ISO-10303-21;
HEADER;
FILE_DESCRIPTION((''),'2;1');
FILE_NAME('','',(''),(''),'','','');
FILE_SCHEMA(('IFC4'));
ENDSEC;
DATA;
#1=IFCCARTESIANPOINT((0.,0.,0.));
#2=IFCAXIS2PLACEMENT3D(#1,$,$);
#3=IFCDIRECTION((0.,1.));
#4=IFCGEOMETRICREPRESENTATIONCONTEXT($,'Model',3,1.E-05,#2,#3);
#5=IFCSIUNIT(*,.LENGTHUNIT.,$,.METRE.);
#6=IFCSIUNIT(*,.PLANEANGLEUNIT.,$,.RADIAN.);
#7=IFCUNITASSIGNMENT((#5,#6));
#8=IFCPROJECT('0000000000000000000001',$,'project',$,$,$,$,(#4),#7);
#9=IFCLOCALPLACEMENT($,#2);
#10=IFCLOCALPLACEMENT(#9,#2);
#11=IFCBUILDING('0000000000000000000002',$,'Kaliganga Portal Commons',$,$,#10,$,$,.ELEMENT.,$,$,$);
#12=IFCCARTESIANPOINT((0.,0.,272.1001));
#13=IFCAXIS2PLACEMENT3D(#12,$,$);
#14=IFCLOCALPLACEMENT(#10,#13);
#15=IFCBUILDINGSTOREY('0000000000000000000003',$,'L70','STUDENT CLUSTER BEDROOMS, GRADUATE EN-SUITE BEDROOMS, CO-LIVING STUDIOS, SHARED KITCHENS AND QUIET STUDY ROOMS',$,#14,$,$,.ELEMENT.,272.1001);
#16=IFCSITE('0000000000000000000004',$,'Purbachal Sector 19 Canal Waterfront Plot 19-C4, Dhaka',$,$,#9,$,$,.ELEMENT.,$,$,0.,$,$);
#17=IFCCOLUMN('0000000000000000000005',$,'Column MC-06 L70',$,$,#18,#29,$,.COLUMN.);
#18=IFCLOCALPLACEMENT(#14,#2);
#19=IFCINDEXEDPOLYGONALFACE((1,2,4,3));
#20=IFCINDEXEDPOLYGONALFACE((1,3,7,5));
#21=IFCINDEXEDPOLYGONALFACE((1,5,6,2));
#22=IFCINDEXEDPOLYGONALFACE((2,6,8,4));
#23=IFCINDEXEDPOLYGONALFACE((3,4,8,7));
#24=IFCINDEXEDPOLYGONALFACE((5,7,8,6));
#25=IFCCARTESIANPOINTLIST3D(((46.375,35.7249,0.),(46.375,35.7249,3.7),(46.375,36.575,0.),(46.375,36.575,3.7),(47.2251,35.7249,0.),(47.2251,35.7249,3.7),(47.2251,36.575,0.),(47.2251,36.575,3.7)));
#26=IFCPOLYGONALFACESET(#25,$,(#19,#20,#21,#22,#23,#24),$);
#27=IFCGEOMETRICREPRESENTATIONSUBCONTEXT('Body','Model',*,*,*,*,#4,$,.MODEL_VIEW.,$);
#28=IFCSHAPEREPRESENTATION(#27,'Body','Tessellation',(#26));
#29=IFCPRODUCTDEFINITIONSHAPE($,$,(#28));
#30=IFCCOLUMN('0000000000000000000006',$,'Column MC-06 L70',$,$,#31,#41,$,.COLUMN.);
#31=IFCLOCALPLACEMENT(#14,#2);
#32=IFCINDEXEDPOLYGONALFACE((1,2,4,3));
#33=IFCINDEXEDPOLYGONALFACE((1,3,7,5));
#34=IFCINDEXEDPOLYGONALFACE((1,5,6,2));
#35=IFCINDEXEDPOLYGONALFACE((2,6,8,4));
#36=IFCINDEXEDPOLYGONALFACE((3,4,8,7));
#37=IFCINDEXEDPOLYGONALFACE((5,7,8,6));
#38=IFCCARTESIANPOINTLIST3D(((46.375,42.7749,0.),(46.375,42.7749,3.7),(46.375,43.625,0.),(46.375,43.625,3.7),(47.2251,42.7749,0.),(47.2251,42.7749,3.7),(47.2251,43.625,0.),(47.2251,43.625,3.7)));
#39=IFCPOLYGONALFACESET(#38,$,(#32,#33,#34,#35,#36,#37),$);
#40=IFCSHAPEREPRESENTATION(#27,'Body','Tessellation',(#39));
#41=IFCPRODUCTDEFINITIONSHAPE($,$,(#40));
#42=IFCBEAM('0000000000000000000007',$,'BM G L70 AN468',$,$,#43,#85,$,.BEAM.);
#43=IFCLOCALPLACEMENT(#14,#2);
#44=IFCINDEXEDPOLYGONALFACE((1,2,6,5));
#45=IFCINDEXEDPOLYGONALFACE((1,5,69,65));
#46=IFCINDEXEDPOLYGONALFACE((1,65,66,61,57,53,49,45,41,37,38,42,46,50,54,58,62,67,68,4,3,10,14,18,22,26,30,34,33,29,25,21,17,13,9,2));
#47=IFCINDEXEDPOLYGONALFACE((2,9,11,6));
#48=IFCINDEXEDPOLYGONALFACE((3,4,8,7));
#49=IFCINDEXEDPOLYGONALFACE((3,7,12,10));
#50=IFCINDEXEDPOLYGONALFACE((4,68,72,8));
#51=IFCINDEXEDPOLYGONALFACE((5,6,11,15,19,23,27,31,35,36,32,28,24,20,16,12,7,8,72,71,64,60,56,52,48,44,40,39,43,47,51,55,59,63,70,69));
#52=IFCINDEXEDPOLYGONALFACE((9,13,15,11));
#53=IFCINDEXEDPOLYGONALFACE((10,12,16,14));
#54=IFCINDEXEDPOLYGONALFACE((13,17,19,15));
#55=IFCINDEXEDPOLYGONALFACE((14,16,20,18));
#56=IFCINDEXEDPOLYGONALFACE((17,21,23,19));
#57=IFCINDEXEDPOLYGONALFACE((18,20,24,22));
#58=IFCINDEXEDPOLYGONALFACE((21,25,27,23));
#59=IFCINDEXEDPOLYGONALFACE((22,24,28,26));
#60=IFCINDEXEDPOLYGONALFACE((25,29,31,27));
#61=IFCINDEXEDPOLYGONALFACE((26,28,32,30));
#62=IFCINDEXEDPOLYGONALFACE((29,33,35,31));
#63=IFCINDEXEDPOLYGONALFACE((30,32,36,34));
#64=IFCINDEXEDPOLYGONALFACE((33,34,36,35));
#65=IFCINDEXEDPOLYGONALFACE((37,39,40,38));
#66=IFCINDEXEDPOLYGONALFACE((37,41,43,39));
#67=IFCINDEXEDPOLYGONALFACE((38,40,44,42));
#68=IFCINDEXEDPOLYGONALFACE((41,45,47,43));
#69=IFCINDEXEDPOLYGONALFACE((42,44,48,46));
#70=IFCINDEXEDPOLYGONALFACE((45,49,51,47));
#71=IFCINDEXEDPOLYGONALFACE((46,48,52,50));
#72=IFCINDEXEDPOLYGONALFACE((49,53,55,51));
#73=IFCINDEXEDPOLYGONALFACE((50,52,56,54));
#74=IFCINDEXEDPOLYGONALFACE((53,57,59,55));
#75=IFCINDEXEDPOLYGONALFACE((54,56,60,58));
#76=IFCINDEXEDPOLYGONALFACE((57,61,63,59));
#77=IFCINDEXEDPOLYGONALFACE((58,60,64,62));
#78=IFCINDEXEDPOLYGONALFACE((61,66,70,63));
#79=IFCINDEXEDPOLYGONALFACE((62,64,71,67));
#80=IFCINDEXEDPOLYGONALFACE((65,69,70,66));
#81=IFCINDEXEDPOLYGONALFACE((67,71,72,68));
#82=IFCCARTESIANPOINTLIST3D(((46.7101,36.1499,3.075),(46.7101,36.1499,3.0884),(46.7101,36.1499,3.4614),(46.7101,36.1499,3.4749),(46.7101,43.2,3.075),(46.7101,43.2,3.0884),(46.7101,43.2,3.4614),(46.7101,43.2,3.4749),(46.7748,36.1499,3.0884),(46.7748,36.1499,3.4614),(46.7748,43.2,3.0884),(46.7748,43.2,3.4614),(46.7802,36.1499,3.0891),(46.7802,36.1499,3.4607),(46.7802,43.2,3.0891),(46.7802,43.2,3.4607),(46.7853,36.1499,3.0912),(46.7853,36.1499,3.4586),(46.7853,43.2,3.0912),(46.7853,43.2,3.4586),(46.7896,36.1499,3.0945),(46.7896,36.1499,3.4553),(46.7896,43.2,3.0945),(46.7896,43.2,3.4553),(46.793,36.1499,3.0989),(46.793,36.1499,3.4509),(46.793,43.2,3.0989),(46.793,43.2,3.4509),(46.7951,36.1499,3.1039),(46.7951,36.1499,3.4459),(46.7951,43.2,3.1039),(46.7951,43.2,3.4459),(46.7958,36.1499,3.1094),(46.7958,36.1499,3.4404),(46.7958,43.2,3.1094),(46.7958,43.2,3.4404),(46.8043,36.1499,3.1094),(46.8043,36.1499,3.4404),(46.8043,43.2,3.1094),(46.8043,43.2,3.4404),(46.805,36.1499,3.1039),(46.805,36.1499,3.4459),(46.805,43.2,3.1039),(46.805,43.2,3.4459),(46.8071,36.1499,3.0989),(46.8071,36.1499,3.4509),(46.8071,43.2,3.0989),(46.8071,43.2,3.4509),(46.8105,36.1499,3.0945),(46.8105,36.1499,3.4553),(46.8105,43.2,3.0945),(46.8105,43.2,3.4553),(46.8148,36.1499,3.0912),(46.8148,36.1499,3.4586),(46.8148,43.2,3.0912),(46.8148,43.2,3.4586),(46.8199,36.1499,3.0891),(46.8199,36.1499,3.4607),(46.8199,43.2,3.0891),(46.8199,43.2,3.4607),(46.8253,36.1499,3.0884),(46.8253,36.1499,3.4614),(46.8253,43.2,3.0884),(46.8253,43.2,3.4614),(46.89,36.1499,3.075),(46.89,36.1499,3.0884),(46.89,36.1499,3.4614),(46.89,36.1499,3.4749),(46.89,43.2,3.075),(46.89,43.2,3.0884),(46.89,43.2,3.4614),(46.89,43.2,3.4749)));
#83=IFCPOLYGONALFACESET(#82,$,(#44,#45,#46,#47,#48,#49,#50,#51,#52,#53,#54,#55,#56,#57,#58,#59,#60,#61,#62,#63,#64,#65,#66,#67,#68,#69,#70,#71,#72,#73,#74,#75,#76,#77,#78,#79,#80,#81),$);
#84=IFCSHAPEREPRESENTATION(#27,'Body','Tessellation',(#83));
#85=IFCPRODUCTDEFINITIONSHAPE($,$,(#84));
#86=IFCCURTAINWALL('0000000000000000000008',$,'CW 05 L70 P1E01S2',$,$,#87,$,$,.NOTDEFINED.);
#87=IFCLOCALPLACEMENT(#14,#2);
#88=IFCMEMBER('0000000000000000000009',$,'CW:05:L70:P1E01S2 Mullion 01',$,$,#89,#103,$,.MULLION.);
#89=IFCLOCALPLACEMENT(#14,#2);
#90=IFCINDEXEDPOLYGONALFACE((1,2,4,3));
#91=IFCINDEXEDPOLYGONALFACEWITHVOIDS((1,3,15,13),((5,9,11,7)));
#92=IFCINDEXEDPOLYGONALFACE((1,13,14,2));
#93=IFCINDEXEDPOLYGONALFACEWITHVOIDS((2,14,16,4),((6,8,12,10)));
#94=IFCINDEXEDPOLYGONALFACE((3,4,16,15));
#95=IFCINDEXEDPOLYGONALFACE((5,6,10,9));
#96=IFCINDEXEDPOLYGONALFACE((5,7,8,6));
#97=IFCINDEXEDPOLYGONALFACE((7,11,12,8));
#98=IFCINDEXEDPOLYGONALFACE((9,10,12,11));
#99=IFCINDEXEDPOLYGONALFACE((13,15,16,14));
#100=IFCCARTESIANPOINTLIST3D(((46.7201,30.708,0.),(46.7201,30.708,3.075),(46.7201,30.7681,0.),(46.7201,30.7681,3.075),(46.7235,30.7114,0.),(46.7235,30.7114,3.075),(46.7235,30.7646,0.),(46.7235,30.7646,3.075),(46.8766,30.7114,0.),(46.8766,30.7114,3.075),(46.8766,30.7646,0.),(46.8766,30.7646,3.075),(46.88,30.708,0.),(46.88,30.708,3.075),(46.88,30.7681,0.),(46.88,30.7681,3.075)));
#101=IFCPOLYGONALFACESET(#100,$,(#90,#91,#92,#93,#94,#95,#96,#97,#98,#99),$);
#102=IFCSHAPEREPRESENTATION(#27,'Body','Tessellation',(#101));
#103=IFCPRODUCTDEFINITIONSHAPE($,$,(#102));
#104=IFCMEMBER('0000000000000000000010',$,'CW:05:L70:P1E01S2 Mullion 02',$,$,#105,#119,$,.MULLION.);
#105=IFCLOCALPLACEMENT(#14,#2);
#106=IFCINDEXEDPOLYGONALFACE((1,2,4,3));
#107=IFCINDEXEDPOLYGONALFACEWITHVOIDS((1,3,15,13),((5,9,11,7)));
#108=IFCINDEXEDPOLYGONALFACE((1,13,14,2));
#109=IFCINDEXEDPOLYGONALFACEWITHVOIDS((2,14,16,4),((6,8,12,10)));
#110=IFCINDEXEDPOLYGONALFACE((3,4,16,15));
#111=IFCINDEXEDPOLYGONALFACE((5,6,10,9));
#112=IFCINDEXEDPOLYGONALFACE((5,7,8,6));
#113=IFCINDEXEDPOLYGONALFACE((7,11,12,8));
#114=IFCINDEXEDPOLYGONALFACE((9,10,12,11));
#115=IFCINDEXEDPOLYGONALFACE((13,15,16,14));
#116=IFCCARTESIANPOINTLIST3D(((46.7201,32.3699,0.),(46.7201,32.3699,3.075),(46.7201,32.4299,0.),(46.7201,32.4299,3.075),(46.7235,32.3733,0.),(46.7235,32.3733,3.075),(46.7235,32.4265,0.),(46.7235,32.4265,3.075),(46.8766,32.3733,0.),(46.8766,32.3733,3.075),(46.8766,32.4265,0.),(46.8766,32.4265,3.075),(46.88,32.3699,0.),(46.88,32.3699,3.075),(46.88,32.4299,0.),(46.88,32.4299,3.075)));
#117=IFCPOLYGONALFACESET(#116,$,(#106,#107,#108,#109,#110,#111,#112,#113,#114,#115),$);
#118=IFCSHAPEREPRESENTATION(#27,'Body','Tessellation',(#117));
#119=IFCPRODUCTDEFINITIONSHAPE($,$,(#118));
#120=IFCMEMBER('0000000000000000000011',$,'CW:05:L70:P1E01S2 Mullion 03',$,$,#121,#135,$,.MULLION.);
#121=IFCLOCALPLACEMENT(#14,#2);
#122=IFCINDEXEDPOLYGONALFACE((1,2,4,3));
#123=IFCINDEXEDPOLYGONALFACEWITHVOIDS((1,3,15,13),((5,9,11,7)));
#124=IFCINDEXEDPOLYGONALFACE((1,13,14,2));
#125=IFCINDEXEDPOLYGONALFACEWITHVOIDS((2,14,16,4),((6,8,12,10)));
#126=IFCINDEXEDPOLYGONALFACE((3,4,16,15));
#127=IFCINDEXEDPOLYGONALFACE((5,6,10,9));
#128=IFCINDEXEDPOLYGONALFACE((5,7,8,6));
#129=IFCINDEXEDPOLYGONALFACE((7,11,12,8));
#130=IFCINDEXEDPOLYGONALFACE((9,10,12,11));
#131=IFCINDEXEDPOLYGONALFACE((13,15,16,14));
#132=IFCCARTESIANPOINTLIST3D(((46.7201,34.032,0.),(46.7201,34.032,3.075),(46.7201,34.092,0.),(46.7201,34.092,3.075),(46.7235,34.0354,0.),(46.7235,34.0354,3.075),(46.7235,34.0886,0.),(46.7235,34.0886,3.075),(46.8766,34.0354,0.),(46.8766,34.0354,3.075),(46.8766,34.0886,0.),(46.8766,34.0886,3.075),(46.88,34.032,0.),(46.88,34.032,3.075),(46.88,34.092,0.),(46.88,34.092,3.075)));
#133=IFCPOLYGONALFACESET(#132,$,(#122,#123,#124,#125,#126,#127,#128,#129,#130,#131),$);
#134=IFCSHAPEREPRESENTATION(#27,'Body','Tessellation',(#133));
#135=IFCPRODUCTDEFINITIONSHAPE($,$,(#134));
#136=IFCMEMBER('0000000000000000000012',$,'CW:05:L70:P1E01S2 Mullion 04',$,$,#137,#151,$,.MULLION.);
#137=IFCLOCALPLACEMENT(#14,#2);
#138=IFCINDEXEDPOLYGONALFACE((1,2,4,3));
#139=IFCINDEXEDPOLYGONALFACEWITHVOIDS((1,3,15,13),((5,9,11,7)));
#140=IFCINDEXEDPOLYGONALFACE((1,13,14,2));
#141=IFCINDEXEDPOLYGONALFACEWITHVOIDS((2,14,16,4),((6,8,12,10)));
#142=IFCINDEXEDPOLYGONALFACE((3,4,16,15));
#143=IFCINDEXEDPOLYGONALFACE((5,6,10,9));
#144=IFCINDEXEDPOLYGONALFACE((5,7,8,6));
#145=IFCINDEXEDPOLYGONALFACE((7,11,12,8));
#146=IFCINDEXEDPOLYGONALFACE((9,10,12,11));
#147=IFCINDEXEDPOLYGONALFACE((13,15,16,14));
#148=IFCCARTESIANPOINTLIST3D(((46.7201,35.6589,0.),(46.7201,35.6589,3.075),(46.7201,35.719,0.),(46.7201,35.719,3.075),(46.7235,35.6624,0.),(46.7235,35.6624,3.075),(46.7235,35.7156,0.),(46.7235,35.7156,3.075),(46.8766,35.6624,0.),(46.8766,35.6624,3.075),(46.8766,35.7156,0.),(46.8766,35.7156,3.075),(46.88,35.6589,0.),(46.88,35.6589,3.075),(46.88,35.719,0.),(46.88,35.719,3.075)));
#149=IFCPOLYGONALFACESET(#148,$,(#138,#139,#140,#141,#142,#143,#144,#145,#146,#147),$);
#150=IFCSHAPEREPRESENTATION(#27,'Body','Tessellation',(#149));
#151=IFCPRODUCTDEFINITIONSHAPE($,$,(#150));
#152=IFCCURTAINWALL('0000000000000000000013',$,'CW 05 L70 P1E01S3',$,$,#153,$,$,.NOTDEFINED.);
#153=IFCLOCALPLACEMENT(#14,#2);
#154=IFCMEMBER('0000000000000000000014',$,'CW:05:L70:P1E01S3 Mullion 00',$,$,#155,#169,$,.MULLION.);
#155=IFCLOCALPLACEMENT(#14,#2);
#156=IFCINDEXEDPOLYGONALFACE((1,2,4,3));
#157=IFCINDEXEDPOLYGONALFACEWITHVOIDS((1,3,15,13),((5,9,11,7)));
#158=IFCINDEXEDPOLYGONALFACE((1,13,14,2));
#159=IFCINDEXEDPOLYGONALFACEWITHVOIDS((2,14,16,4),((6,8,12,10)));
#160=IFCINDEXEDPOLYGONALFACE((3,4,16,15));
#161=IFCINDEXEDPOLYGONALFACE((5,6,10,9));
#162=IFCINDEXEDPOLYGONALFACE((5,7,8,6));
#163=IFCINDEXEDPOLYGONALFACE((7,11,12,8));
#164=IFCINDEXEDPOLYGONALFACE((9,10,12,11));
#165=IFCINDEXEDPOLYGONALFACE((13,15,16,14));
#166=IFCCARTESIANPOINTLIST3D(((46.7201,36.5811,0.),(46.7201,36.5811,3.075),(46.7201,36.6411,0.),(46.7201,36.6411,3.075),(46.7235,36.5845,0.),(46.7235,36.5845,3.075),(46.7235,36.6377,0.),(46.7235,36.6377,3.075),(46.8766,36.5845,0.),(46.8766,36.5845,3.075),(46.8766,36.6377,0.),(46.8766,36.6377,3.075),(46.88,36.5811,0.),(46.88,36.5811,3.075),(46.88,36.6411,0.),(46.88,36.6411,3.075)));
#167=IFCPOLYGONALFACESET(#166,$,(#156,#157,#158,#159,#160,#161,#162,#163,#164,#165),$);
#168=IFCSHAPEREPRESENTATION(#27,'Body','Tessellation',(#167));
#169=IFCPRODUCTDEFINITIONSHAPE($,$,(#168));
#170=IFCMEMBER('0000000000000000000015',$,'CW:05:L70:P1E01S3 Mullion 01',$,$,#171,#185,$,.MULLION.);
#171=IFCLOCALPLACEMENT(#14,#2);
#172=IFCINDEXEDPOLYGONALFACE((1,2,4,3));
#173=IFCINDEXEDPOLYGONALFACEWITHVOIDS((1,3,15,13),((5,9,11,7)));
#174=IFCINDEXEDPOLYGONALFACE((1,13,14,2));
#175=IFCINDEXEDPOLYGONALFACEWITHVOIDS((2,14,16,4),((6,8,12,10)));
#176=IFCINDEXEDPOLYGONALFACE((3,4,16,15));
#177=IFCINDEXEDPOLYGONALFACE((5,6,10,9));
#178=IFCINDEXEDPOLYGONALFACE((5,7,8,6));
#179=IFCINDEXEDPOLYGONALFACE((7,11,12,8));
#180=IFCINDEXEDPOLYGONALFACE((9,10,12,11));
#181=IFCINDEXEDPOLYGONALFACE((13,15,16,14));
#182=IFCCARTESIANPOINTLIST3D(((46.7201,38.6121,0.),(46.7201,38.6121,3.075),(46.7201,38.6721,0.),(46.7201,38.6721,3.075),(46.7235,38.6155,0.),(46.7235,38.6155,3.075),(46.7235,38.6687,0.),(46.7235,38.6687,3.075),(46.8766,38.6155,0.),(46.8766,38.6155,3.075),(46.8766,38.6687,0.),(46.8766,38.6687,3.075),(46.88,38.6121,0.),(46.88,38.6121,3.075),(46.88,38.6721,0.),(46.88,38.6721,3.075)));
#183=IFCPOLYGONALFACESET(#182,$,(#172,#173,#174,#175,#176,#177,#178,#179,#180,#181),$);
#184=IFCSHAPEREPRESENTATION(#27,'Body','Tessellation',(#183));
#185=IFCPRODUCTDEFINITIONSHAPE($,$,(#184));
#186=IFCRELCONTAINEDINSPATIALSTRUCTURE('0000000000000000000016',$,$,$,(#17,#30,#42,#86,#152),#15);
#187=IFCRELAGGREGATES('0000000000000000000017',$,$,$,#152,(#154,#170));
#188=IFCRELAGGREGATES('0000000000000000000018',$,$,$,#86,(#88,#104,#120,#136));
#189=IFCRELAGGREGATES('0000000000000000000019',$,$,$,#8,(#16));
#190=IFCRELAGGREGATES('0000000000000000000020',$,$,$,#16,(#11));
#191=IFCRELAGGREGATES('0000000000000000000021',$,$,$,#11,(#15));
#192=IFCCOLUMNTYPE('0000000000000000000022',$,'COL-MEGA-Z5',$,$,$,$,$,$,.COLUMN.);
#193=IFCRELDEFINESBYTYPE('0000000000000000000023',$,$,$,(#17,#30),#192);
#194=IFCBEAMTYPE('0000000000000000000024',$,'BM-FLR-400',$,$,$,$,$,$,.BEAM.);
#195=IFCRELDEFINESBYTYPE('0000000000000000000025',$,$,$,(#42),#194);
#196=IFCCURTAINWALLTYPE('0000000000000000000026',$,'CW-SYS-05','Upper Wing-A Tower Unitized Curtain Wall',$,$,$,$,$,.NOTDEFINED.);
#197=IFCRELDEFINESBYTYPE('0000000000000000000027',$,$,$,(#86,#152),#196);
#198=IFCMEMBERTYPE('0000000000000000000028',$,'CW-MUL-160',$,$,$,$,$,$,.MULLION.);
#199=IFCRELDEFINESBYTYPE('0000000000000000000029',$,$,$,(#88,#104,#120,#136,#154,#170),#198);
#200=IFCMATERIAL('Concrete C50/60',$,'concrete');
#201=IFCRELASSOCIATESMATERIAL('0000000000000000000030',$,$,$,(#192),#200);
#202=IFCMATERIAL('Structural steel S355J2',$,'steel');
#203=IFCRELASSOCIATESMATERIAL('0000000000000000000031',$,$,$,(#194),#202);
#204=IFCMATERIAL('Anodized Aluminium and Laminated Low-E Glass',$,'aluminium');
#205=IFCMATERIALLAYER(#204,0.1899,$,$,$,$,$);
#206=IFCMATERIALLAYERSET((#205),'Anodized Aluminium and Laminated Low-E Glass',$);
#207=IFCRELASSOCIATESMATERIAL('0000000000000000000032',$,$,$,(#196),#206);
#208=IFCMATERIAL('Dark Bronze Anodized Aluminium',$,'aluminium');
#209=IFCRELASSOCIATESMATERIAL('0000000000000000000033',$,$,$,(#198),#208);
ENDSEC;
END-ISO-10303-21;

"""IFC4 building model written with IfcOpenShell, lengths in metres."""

from ifc_helpers import new_model, si_unit, direction, frame, origin, origin_2d, place, context, subcontext, project, spatial, rectangle, hollow_rectangle, i_section, extrude, source, transform, mapped, material, layer, layer_set, material_profile, profile_set, type_object, element, aggregate, save


model = new_model("IFC4")

# Units and contexts
model_context = context("Model", 3, precision=1e-05, world=origin(), true_north=direction((0.0, 1.0)))
body_context = subcontext(model_context, "Body", "Model", "MODEL_VIEW")
ifc_project = project(units=[si_unit("LENGTHUNIT", "METRE"), si_unit("PLANEANGLEUNIT", "RADIAN")], contexts=[model_context])

# Site, building, storey
site_placement = place(None, origin())
site = spatial("IfcSite", under=ifc_project, at=site_placement, Name="Purbachal Sector 19 Canal Waterfront Plot 19-C4, Dhaka", CompositionType="ELEMENT", RefElevation=0.0)
building_placement = place(site_placement, origin())
building = spatial("IfcBuilding", under=site, at=building_placement, Name="Kaliganga Portal Commons", CompositionType="ELEMENT")
storey_placement = place(building_placement, frame((0.0, 0.0, 272.1001)))
storey = spatial("IfcBuildingStorey", under=building, at=storey_placement, Name="L70", Description="STUDENT CLUSTER BEDROOMS, GRADUATE EN-SUITE BEDROOMS, CO-LIVING STUDIOS, SHARED KITCHENS AND QUIET STUDY ROOMS", CompositionType="ELEMENT", Elevation=272.1001)

# Columns
ifc_material_1 = material(Name="Concrete C50/60", Category="concrete")
ifc_material_profile_1 = material_profile(ifc_material_1, rectangle(XDim=0.8501, YDim=0.8501, at=origin_2d()), Name="RC 850x850")
ifc_profile_set_1 = profile_set([ifc_material_profile_1], Name="Concrete C50/60")
column_type = type_object("IfcColumnType", Name="COL-MEGA-Z5", PredefinedType="COLUMN", material=ifc_profile_set_1)
shared_shape_1 = source(origin(), body_context, "Body", "SweptSolid", [
    extrude(rectangle(XDim=0.8501, YDim=0.8501, at=origin_2d()), origin(), (0.0, 0.0, 1.0), 3.7),
])
for number, where, z_axis, x_axis, name in (
    (1, (46.8, 36.1499, 0.0), (0.0, 0.0, 1.0), (1.0, 0.0, 0.0), "Column MC-06 L70"),
    (2, (46.8, 43.2, 0.0), (0.0, 0.0, 1.0), (1.0, 0.0, 0.0), "Column MC-06 L70"),
):
    element("IfcColumn", number, at=place(storey_placement, frame(where, z_axis=z_axis, x_axis=x_axis)), inside=storey, type_object=column_type, Name=name, PredefinedType="COLUMN", context=body_context, shape_type="MappedRepresentation", body=[
        mapped(shared_shape_1, transform((0.0, 0.0, 0.0), x_axis=(1.0, 0.0, 0.0), y_axis=(0.0, 1.0, 0.0), z_axis=(0.0, 0.0, 1.0), scale=1.0)),
    ])

# Beam
ifc_material_2 = material(Name="Structural steel S355J2", Category="steel")
ifc_material_profile_2 = material_profile(ifc_material_2, i_section(OverallWidth=0.1799, OverallDepth=0.3999, WebThickness=0.0085, FlangeThickness=0.0134, FilletRadius=0.021, at=origin_2d()), Name="IPE 400")
ifc_profile_set_2 = profile_set([ifc_material_profile_2], Name="Structural steel S355J2 wide-flange")
beam_type = type_object("IfcBeamType", Name="BM-FLR-400", PredefinedType="BEAM", material=ifc_profile_set_2)
shared_shape_2 = source(origin(), body_context, "Body", "SweptSolid", [
    extrude(i_section(OverallWidth=0.1799, OverallDepth=0.3999, WebThickness=0.0085, FlangeThickness=0.0134, FilletRadius=0.021, at=origin_2d()), origin(), (0.0, 0.0, 1.0), 7.05),
])
beam_placement = place(storey_placement, frame((46.8, 36.1499, 3.2749), z_axis=(0.0, 1.0, 0.0), x_axis=(-1.0, 0.0, 0.0)))
element("IfcBeam", 3, at=beam_placement, inside=storey, type_object=beam_type, Name="BM G L70 AN468", PredefinedType="BEAM", context=body_context, shape_type="MappedRepresentation", body=[
    mapped(shared_shape_2, transform((0.0, 0.0, 0.0), x_axis=(1.0, 0.0, 0.0), y_axis=(0.0, 1.0, 0.0), z_axis=(0.0, 0.0, 1.0), scale=1.0)),
])

# Curtain wall, members
ifc_material_3 = material(Name="Anodized Aluminium and Laminated Low-E Glass", Category="aluminium")
ifc_layer_1 = layer(ifc_material_3, 0.1899)
ifc_layer_set_1 = layer_set([ifc_layer_1], Name="Anodized Aluminium and Laminated Low-E Glass")
curtain_wall_type = type_object("IfcCurtainWallType", Name="CW-SYS-05", Description="Upper Wing-A Tower Unitized Curtain Wall", PredefinedType="NOTDEFINED", material=ifc_layer_set_1)
curtain_wall_1_placement = place(storey_placement, origin())
curtain_wall_1 = element("IfcCurtainWall", 4, at=curtain_wall_1_placement, inside=storey, type_object=curtain_wall_type, Name="CW 05 L70 P1E01S2", PredefinedType="NOTDEFINED")
ifc_material_4 = material(Name="Dark Bronze Anodized Aluminium", Category="aluminium")
ifc_material_profile_3 = material_profile(ifc_material_4, hollow_rectangle(XDim=0.0601, YDim=0.1599, WallThickness=0.0034, at=origin_2d()), Name="ALU MULL 60x160x3.5")
ifc_profile_set_3 = profile_set([ifc_material_profile_3], Name="Dark Bronze Anodized Aluminium")
member_type_1 = type_object("IfcMemberType", Name="CW-MUL-160", PredefinedType="MULLION", material=ifc_profile_set_3)
shared_shape_3 = source(origin(), body_context, "Body", "SweptSolid", [
    extrude(hollow_rectangle(XDim=0.0601, YDim=0.1599, WallThickness=0.0034, at=origin_2d()), origin(), (0.0, 0.0, 1.0), 3.075),
])
member_1_placement = place(storey_placement, frame((46.8, 30.738, 0.0), z_axis=(0.0, 0.0, 1.0), x_axis=(0.0, 1.0, 0.0)))
member_1 = element("IfcMember", 5, at=member_1_placement, type_object=member_type_1, Name="CW:05:L70:P1E01S2 Mullion 01", PredefinedType="MULLION", context=body_context, shape_type="MappedRepresentation", body=[
    mapped(shared_shape_3, transform((0.0, 0.0, 0.0), x_axis=(1.0, 0.0, 0.0), y_axis=(0.0, 1.0, 0.0), z_axis=(0.0, 0.0, 1.0), scale=1.0)),
])
member_2_placement = place(storey_placement, frame((46.8, 32.3999, 0.0), z_axis=(0.0, 0.0, 1.0), x_axis=(0.0, 1.0, 0.0)))
member_2 = element("IfcMember", 6, at=member_2_placement, type_object=member_type_1, Name="CW:05:L70:P1E01S2 Mullion 02", PredefinedType="MULLION", context=body_context, shape_type="MappedRepresentation", body=[
    mapped(shared_shape_3, transform((0.0, 0.0, 0.0), x_axis=(1.0, 0.0, 0.0), y_axis=(0.0, 1.0, 0.0), z_axis=(0.0, 0.0, 1.0), scale=1.0)),
])
member_3_placement = place(storey_placement, frame((46.8, 34.062, 0.0), z_axis=(0.0, 0.0, 1.0), x_axis=(0.0, 1.0, 0.0)))
member_3 = element("IfcMember", 7, at=member_3_placement, type_object=member_type_1, Name="CW:05:L70:P1E01S2 Mullion 03", PredefinedType="MULLION", context=body_context, shape_type="MappedRepresentation", body=[
    mapped(shared_shape_3, transform((0.0, 0.0, 0.0), x_axis=(1.0, 0.0, 0.0), y_axis=(0.0, 1.0, 0.0), z_axis=(0.0, 0.0, 1.0), scale=1.0)),
])
member_4_placement = place(storey_placement, frame((46.8, 35.689, 0.0), z_axis=(0.0, 0.0, 1.0), x_axis=(0.0, 1.0, 0.0)))
member_4 = element("IfcMember", 8, at=member_4_placement, type_object=member_type_1, Name="CW:05:L70:P1E01S2 Mullion 04", PredefinedType="MULLION", context=body_context, shape_type="MappedRepresentation", body=[
    mapped(shared_shape_3, transform((0.0, 0.0, 0.0), x_axis=(1.0, 0.0, 0.0), y_axis=(0.0, 1.0, 0.0), z_axis=(0.0, 0.0, 1.0), scale=1.0)),
])

# Curtain wall, members
curtain_wall_2_placement = place(storey_placement, origin())
curtain_wall_2 = element("IfcCurtainWall", 9, at=curtain_wall_2_placement, inside=storey, type_object=curtain_wall_type, Name="CW 05 L70 P1E01S3", PredefinedType="NOTDEFINED")
member_5_placement = place(storey_placement, frame((46.8, 36.6111, 0.0), z_axis=(0.0, 0.0, 1.0), x_axis=(0.0, 1.0, 0.0)))
member_5 = element("IfcMember", 10, at=member_5_placement, type_object=member_type_1, Name="CW:05:L70:P1E01S3 Mullion 00", PredefinedType="MULLION", context=body_context, shape_type="MappedRepresentation", body=[
    mapped(shared_shape_3, transform((0.0, 0.0, 0.0), x_axis=(1.0, 0.0, 0.0), y_axis=(0.0, 1.0, 0.0), z_axis=(0.0, 0.0, 1.0), scale=1.0)),
])
member_6_placement = place(storey_placement, frame((46.8, 38.6421, 0.0), z_axis=(0.0, 0.0, 1.0), x_axis=(0.0, 1.0, 0.0)))
member_6 = element("IfcMember", 11, at=member_6_placement, type_object=member_type_1, Name="CW:05:L70:P1E01S3 Mullion 01", PredefinedType="MULLION", context=body_context, shape_type="MappedRepresentation", body=[
    mapped(shared_shape_3, transform((0.0, 0.0, 0.0), x_axis=(1.0, 0.0, 0.0), y_axis=(0.0, 1.0, 0.0), z_axis=(0.0, 0.0, 1.0), scale=1.0)),
])
aggregate(curtain_wall_2, [member_5, member_6])

aggregate(curtain_wall_1, [member_1, member_2, member_3, member_4])

save(model, "model.ifc")
